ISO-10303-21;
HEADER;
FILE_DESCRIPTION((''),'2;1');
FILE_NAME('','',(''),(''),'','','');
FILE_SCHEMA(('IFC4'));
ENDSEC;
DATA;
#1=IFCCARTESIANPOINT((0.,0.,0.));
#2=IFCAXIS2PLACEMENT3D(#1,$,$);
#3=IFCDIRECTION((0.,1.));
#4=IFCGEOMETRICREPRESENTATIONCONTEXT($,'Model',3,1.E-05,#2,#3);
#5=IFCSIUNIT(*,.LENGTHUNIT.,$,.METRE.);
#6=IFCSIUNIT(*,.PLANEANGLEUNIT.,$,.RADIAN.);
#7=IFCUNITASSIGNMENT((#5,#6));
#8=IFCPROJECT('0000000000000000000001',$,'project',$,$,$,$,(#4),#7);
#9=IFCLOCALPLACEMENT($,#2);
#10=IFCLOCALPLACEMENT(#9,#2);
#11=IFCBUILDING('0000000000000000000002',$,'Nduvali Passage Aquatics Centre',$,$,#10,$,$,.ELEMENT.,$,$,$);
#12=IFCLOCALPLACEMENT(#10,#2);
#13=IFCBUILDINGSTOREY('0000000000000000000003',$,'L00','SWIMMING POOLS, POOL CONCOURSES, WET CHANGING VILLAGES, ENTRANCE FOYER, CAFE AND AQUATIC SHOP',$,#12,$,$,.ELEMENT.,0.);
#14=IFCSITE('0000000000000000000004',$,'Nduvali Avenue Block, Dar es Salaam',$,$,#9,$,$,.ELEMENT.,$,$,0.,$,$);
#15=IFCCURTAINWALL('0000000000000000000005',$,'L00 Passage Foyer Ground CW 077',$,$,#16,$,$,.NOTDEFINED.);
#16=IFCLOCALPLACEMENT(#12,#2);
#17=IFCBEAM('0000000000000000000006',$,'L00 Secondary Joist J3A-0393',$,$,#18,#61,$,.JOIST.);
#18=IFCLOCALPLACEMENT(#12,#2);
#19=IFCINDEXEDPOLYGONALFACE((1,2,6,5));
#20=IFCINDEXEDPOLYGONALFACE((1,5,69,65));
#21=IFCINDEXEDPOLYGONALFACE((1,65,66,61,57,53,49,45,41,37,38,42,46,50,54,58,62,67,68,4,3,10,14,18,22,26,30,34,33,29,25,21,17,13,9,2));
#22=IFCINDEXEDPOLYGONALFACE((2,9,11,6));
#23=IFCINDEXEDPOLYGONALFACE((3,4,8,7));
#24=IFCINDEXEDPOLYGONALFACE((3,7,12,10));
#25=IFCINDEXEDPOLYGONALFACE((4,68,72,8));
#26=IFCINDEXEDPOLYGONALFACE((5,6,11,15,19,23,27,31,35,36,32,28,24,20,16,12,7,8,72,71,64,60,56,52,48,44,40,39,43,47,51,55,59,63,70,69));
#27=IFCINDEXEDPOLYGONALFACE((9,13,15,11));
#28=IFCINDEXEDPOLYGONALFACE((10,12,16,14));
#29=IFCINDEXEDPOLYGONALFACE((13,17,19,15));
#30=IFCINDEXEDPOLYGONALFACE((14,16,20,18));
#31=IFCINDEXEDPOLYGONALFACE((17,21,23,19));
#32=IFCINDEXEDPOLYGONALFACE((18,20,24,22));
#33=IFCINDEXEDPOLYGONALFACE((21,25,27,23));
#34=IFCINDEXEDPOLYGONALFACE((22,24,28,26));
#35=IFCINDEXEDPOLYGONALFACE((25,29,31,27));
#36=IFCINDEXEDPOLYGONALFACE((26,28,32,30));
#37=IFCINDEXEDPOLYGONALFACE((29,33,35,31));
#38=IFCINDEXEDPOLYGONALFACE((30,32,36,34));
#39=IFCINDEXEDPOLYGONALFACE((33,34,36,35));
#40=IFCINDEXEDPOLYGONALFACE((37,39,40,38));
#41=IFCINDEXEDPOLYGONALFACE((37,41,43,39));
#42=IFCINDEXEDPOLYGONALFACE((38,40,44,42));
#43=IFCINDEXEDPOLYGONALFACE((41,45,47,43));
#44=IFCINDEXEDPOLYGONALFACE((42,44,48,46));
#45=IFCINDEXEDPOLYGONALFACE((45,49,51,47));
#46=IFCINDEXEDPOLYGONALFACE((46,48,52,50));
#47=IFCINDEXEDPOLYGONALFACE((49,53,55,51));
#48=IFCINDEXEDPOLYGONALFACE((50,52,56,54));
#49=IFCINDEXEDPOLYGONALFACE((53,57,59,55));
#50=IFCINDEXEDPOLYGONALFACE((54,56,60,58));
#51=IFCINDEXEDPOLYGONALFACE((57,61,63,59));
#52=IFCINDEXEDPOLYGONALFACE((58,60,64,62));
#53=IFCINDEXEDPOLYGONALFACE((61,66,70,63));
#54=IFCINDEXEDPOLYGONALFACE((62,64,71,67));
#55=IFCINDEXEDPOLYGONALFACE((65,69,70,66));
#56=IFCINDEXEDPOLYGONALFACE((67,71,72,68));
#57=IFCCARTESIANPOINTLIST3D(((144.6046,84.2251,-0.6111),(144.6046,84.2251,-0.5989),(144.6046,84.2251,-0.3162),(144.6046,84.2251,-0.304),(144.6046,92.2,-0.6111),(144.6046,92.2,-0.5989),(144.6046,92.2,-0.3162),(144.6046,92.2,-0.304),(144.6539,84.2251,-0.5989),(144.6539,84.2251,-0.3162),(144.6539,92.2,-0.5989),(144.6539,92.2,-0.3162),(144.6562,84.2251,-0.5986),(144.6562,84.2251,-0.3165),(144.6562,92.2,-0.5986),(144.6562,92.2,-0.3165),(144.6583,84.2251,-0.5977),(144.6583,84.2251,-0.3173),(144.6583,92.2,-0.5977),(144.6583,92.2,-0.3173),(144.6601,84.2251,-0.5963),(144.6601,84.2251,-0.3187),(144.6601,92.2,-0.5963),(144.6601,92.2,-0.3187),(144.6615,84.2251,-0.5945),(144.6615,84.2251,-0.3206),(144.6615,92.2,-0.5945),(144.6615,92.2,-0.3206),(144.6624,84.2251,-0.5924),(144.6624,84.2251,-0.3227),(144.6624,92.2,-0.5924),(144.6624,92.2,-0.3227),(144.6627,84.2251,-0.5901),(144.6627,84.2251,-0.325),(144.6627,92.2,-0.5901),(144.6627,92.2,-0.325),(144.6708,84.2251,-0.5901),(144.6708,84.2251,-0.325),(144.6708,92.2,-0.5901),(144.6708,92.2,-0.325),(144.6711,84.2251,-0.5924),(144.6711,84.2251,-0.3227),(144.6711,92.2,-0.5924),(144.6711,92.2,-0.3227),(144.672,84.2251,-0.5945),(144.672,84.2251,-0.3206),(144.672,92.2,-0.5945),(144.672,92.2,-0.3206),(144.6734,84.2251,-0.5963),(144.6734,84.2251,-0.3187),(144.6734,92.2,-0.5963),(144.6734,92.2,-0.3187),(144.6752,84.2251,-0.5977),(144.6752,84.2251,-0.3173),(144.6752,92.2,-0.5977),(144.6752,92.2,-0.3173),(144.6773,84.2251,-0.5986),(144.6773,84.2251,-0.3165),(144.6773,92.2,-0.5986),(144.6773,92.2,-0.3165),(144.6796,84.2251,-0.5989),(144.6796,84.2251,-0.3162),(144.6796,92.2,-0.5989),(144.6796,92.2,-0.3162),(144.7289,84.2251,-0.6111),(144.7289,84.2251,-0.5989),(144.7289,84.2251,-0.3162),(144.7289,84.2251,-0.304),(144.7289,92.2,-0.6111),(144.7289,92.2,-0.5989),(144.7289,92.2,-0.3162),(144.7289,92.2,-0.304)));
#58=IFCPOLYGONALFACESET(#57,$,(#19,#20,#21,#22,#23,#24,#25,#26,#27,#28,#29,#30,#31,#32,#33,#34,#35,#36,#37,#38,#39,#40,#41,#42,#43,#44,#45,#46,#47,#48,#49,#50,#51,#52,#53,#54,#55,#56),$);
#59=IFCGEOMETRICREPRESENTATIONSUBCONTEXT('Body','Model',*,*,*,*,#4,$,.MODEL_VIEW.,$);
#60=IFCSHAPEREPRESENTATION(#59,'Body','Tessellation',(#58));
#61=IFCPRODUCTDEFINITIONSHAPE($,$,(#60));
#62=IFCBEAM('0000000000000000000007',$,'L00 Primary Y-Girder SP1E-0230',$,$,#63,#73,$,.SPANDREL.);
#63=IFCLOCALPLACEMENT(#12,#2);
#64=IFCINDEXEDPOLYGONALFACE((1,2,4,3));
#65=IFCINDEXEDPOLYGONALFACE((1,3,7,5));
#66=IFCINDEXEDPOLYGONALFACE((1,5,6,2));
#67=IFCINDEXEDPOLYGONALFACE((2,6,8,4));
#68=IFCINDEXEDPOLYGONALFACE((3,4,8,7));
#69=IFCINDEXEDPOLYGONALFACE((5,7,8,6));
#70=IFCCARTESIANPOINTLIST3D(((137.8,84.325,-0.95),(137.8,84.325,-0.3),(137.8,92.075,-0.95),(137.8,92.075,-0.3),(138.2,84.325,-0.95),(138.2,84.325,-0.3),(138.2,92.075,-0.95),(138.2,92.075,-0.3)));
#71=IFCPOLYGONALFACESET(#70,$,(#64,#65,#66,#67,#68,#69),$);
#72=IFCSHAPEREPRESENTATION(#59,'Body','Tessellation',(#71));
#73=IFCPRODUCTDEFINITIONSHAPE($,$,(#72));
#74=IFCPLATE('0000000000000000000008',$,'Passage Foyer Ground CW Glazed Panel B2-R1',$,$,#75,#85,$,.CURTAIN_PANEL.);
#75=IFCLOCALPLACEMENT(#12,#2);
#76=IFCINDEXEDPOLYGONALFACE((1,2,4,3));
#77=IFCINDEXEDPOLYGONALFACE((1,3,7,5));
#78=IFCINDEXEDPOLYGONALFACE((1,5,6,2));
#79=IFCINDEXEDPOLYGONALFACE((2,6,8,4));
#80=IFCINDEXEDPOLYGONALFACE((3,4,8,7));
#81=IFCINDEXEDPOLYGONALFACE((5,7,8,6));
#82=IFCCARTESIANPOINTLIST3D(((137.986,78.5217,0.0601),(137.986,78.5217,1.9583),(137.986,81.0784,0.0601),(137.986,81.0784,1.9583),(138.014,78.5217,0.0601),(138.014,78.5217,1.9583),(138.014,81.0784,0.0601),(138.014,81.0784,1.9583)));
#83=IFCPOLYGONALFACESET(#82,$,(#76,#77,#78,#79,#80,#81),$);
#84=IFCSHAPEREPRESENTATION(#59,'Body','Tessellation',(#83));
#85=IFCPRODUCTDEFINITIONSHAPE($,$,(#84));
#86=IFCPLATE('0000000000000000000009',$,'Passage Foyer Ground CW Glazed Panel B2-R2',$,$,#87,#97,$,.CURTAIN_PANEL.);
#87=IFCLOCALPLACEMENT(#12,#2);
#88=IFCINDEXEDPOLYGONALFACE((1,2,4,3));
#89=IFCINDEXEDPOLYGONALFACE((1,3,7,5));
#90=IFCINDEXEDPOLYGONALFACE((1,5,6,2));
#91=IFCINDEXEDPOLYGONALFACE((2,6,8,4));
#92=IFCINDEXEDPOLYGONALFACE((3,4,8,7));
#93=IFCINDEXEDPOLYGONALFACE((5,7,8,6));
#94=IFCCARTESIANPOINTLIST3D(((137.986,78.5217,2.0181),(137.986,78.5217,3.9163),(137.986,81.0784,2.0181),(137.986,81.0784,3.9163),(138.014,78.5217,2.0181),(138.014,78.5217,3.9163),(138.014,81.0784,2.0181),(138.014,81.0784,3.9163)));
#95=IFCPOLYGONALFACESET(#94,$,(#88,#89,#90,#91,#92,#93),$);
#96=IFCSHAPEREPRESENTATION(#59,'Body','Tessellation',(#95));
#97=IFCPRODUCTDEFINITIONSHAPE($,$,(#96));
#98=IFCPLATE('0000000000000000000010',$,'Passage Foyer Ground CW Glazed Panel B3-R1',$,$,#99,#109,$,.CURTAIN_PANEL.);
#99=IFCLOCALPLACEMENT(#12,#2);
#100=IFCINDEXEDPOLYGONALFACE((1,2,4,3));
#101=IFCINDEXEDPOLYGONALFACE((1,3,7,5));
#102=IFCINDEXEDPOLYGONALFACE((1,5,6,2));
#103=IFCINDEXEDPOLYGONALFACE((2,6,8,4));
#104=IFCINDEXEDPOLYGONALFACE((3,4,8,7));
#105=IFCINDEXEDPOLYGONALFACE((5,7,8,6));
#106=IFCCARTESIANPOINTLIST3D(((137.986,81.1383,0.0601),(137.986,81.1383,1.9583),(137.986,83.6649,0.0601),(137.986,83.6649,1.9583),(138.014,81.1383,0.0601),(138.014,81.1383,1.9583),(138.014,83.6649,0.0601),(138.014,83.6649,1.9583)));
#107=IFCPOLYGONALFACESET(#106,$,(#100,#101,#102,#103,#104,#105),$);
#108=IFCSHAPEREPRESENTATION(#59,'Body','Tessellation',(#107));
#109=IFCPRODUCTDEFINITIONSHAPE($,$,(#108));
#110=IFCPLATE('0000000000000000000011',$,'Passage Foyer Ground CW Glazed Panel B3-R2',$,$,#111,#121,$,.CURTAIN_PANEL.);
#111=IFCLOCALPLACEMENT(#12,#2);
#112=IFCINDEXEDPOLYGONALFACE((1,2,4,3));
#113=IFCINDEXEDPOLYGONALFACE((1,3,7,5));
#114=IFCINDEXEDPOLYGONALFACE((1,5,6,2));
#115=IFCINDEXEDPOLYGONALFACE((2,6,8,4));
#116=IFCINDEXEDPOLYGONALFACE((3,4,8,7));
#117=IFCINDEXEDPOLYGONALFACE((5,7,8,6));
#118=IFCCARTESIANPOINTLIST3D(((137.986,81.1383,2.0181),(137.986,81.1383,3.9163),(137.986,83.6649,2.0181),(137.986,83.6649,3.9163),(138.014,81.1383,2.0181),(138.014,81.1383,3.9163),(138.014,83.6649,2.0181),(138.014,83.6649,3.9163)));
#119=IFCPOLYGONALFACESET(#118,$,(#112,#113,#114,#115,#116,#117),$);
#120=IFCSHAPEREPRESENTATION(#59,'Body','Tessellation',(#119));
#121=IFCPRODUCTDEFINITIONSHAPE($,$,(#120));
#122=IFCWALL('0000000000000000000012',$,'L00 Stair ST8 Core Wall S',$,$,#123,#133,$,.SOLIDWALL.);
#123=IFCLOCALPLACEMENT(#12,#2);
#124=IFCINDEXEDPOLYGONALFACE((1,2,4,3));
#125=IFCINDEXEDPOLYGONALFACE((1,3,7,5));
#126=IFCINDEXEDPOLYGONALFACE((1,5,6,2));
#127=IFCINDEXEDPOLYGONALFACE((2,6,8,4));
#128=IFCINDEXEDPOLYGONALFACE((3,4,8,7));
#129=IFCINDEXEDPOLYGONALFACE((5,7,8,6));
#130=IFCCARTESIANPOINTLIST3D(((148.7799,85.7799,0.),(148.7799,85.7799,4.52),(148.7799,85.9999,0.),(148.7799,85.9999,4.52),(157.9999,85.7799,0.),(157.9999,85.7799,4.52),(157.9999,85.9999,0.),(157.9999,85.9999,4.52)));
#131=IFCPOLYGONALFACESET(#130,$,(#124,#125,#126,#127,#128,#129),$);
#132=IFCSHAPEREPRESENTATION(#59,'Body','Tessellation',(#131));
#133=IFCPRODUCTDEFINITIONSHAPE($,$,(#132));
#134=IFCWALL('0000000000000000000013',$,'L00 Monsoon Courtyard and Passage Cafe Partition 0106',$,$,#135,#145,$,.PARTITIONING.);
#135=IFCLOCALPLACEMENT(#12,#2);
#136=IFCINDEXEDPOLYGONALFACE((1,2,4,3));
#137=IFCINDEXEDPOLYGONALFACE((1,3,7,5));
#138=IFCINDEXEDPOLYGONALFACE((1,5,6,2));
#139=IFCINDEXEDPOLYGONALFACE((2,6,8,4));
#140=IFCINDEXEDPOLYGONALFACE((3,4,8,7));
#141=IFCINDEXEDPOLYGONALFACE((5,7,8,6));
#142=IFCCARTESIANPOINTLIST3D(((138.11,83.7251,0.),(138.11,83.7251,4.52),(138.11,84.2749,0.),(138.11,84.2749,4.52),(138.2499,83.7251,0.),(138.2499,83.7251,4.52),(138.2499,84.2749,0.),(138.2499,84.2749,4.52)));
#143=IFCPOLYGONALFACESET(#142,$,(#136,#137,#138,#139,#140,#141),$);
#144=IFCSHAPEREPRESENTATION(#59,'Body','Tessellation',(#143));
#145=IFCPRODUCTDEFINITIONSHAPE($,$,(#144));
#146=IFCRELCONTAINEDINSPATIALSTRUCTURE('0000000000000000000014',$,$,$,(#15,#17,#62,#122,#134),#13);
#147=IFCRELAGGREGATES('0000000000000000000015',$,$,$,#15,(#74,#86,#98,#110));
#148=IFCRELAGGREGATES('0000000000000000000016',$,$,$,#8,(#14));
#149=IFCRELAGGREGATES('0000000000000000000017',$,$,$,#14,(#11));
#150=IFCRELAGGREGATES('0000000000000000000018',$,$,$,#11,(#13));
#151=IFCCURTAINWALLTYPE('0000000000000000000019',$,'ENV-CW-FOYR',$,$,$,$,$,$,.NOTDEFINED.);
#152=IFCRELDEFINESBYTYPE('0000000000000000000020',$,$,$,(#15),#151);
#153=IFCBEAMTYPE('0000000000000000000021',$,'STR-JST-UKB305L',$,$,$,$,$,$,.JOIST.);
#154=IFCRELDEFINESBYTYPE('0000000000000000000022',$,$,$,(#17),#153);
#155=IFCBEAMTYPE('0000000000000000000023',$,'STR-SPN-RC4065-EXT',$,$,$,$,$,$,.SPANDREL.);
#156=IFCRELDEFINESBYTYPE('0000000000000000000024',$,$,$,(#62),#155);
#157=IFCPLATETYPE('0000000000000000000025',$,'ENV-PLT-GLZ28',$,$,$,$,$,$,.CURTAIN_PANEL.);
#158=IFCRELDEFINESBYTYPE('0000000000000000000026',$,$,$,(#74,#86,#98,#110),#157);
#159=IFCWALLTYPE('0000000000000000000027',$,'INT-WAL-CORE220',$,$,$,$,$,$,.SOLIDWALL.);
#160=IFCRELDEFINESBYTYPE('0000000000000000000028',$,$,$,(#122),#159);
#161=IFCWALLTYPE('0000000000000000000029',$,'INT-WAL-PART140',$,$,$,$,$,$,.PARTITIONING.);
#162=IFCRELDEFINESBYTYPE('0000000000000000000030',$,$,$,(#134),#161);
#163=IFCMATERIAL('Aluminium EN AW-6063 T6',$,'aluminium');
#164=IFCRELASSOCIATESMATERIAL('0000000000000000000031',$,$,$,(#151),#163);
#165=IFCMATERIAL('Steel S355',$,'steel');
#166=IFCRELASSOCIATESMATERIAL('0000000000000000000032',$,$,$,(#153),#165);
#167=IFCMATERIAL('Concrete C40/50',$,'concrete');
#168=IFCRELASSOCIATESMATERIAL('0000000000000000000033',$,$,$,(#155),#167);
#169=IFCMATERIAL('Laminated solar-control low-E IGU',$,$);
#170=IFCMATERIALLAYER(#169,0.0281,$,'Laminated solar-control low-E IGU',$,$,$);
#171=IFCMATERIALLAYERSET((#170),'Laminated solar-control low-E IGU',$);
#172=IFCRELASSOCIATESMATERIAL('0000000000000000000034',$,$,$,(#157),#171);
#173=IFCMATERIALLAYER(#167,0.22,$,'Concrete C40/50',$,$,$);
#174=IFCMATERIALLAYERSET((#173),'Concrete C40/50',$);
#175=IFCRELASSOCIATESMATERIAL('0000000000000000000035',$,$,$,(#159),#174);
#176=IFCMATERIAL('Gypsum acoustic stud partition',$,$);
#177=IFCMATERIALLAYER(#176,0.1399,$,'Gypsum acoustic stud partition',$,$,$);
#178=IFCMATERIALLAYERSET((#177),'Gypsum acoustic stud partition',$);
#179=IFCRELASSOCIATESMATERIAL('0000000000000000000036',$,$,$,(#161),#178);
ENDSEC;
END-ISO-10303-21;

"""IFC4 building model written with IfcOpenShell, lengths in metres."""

from ifc_helpers import new_model, si_unit, direction, frame, frame_2d, origin, origin_2d, place, context, subcontext, project, spatial, rectangle, i_section, extrude, material, layer, layer_set, material_profile, profile_set, type_object, element, aggregate, save


model = new_model("IFC4")

# Units and contexts
model_context = context("Model", 3, precision=1e-05, world=origin(), true_north=direction((0.0, 1.0)))
body_context = subcontext(model_context, "Body", "Model", "MODEL_VIEW")
ifc_project = project(units=[si_unit("LENGTHUNIT", "METRE"), si_unit("PLANEANGLEUNIT", "RADIAN")], contexts=[model_context])

# Site, building, storey
site_placement = place(None, origin())
site = spatial("IfcSite", under=ifc_project, at=site_placement, Name="Nduvali Avenue Block, Dar es Salaam", CompositionType="ELEMENT", RefElevation=0.0)
building_placement = place(site_placement, origin())
building = spatial("IfcBuilding", under=site, at=building_placement, Name="Nduvali Passage Aquatics Centre", CompositionType="ELEMENT")
storey_placement = place(building_placement, origin())
storey = spatial("IfcBuildingStorey", under=building, at=storey_placement, Name="L00", Description="SWIMMING POOLS, POOL CONCOURSES, WET CHANGING VILLAGES, ENTRANCE FOYER, CAFE AND AQUATIC SHOP", CompositionType="ELEMENT", Elevation=0.0)

# Shared definitions
ifc_material_1 = material(Name="Concrete C40/50", Category="concrete")
ifc_material_2 = material(Name="Steel S355", Category="steel")

# Curtain wall
ifc_material_3 = material(Name="Aluminium EN AW-6063 T6", Category="aluminium")
curtain_wall_type = type_object("IfcCurtainWallType", Name="ENV-CW-FOYR", PredefinedType="NOTDEFINED", material=ifc_material_3)
curtain_wall_placement = place(storey_placement, origin())
curtain_wall = element("IfcCurtainWall", 1, at=curtain_wall_placement, inside=storey, type_object=curtain_wall_type, Name="L00 Passage Foyer Ground CW 077", PredefinedType="NOTDEFINED")

# Beams
ifc_material_profile_1 = material_profile(ifc_material_2, i_section(OverallWidth=0.1243, OverallDepth=0.3071, WebThickness=0.0081, FlangeThickness=0.0122, FilletRadius=0.0088, at=origin_2d()), Name="UKB 305x127x42")
ifc_profile_set_1 = profile_set([ifc_material_profile_1], Name="Steel S355")
beam_type_1 = type_object("IfcBeamType", Name="STR-JST-UKB305L", PredefinedType="JOIST", material=ifc_profile_set_1)
for number, where, z_axis, x_axis, name in (
    (2, (144.6667, 84.2251, -0.4575), (0.0, 1.0, 0.0), (-1.0, 0.0, 0.0), "L00 Secondary Joist J3A-0393"),
):
    element("IfcBeam", number, at=place(storey_placement, frame(where, z_axis=z_axis, x_axis=x_axis)), inside=storey, type_object=beam_type_1, Name=name, PredefinedType="JOIST", context=body_context, shape_type="SweptSolid", body=[
        extrude(i_section(OverallWidth=0.1243, OverallDepth=0.3071, WebThickness=0.0081, FlangeThickness=0.0122, FilletRadius=0.0088, at=origin_2d()), origin(), (0.0, 0.0, 1.0), 7.9749),
    ])
ifc_material_profile_2 = material_profile(ifc_material_1, rectangle(XDim=0.3999, YDim=0.6499, at=origin_2d()), Name="RC 400x650")
ifc_profile_set_2 = profile_set([ifc_material_profile_2], Name="Concrete C40/50")
beam_type_2 = type_object("IfcBeamType", Name="STR-SPN-RC4065-EXT", PredefinedType="SPANDREL", material=ifc_profile_set_2)
beam_1_placement = place(storey_placement, frame((138.0, 84.325, -0.625), z_axis=(0.0, 1.0, 0.0), x_axis=(-1.0, 0.0, 0.0)))
element("IfcBeam", 3, at=beam_1_placement, inside=storey, type_object=beam_type_2, Name="L00 Primary Y-Girder SP1E-0230", PredefinedType="SPANDREL", context=body_context, shape_type="SweptSolid", body=[
    extrude(rectangle(XDim=0.3999, YDim=0.6499, at=origin_2d()), origin(), (0.0, 0.0, 1.0), 7.75),
])

# Plates
ifc_material_4 = material(Name="Laminated solar-control low-E IGU")
ifc_layer_1 = layer(ifc_material_4, 0.0281, Name="Laminated solar-control low-E IGU")
ifc_layer_set_1 = layer_set([ifc_layer_1], Name="Laminated solar-control low-E IGU")
plate_type = type_object("IfcPlateType", Name="ENV-PLT-GLZ28", PredefinedType="CURTAIN_PANEL", material=ifc_layer_set_1)
plate_1_placement = place(storey_placement, frame((138.0, 79.8, 0.0601), z_axis=(0.0, 0.0, 1.0), x_axis=(0.0, 1.0, 0.0)))
plate_1 = element("IfcPlate", 4, at=plate_1_placement, type_object=plate_type, Name="Passage Foyer Ground CW Glazed Panel B2-R1", PredefinedType="CURTAIN_PANEL", context=body_context, shape_type="SweptSolid", body=[
    extrude(rectangle(XDim=2.5566, YDim=0.0281, at=origin_2d()), origin(), (0.0, 0.0, 1.0), 1.8982),
])
plate_2_placement = place(storey_placement, frame((138.0, 79.8, 2.0181), z_axis=(0.0, 0.0, 1.0), x_axis=(0.0, 1.0, 0.0)))
plate_2 = element("IfcPlate", 5, at=plate_2_placement, type_object=plate_type, Name="Passage Foyer Ground CW Glazed Panel B2-R2", PredefinedType="CURTAIN_PANEL", context=body_context, shape_type="SweptSolid", body=[
    extrude(rectangle(XDim=2.5566, YDim=0.0281, at=origin_2d()), origin(), (0.0, 0.0, 1.0), 1.8982),
])
plate_3_placement = place(storey_placement, frame((138.0, 82.4016, 0.0601), z_axis=(0.0, 0.0, 1.0), x_axis=(0.0, 1.0, 0.0)))
plate_3 = element("IfcPlate", 6, at=plate_3_placement, type_object=plate_type, Name="Passage Foyer Ground CW Glazed Panel B3-R1", PredefinedType="CURTAIN_PANEL", context=body_context, shape_type="SweptSolid", body=[
    extrude(rectangle(XDim=2.5266, YDim=0.0281, at=origin_2d()), origin(), (0.0, 0.0, 1.0), 1.8982),
])
plate_4_placement = place(storey_placement, frame((138.0, 82.4016, 2.0181), z_axis=(0.0, 0.0, 1.0), x_axis=(0.0, 1.0, 0.0)))
plate_4 = element("IfcPlate", 7, at=plate_4_placement, type_object=plate_type, Name="Passage Foyer Ground CW Glazed Panel B3-R2", PredefinedType="CURTAIN_PANEL", context=body_context, shape_type="SweptSolid", body=[
    extrude(rectangle(XDim=2.5266, YDim=0.0281, at=origin_2d()), origin(), (0.0, 0.0, 1.0), 1.8982),
])
aggregate(curtain_wall, [plate_1, plate_2, plate_3, plate_4])

# Walls
ifc_layer_2 = layer(ifc_material_1, 0.22, Name="Concrete C40/50")
ifc_layer_set_2 = layer_set([ifc_layer_2], Name="Concrete C40/50")
wall_type_1 = type_object("IfcWallType", Name="INT-WAL-CORE220", PredefinedType="SOLIDWALL", material=ifc_layer_set_2)
wall_1_placement = place(storey_placement, frame((148.78, 85.8899, 0.0), z_axis=(0.0, 0.0, 1.0), x_axis=(1.0, 0.0, 0.0)))
element("IfcWall", 8, at=wall_1_placement, inside=storey, type_object=wall_type_1, Name="L00 Stair ST8 Core Wall S", PredefinedType="SOLIDWALL", context=body_context, shape_type="SweptSolid", body=[
    extrude(rectangle(XDim=9.22, YDim=0.22, at=frame_2d((4.6099, 0.0))), origin(), (0.0, 0.0, 1.0), 4.52),
])
ifc_material_5 = material(Name="Gypsum acoustic stud partition")
ifc_layer_3 = layer(ifc_material_5, 0.1399, Name="Gypsum acoustic stud partition")
ifc_layer_set_3 = layer_set([ifc_layer_3], Name="Gypsum acoustic stud partition")
wall_type_2 = type_object("IfcWallType", Name="INT-WAL-PART140", PredefinedType="PARTITIONING", material=ifc_layer_set_3)
wall_2_placement = place(storey_placement, frame((138.1799, 83.7251, 0.0), z_axis=(0.0, 0.0, 1.0), x_axis=(0.0, 1.0, 0.0)))
element("IfcWall", 9, at=wall_2_placement, inside=storey, type_object=wall_type_2, Name="L00 Monsoon Courtyard and Passage Cafe Partition 0106", PredefinedType="PARTITIONING", context=body_context, shape_type="SweptSolid", body=[
    extrude(rectangle(XDim=0.5498, YDim=0.1399, at=frame_2d((0.2749, 0.0))), origin(), (0.0, 0.0, 1.0), 4.52),
])

save(model, "model.ifc")
